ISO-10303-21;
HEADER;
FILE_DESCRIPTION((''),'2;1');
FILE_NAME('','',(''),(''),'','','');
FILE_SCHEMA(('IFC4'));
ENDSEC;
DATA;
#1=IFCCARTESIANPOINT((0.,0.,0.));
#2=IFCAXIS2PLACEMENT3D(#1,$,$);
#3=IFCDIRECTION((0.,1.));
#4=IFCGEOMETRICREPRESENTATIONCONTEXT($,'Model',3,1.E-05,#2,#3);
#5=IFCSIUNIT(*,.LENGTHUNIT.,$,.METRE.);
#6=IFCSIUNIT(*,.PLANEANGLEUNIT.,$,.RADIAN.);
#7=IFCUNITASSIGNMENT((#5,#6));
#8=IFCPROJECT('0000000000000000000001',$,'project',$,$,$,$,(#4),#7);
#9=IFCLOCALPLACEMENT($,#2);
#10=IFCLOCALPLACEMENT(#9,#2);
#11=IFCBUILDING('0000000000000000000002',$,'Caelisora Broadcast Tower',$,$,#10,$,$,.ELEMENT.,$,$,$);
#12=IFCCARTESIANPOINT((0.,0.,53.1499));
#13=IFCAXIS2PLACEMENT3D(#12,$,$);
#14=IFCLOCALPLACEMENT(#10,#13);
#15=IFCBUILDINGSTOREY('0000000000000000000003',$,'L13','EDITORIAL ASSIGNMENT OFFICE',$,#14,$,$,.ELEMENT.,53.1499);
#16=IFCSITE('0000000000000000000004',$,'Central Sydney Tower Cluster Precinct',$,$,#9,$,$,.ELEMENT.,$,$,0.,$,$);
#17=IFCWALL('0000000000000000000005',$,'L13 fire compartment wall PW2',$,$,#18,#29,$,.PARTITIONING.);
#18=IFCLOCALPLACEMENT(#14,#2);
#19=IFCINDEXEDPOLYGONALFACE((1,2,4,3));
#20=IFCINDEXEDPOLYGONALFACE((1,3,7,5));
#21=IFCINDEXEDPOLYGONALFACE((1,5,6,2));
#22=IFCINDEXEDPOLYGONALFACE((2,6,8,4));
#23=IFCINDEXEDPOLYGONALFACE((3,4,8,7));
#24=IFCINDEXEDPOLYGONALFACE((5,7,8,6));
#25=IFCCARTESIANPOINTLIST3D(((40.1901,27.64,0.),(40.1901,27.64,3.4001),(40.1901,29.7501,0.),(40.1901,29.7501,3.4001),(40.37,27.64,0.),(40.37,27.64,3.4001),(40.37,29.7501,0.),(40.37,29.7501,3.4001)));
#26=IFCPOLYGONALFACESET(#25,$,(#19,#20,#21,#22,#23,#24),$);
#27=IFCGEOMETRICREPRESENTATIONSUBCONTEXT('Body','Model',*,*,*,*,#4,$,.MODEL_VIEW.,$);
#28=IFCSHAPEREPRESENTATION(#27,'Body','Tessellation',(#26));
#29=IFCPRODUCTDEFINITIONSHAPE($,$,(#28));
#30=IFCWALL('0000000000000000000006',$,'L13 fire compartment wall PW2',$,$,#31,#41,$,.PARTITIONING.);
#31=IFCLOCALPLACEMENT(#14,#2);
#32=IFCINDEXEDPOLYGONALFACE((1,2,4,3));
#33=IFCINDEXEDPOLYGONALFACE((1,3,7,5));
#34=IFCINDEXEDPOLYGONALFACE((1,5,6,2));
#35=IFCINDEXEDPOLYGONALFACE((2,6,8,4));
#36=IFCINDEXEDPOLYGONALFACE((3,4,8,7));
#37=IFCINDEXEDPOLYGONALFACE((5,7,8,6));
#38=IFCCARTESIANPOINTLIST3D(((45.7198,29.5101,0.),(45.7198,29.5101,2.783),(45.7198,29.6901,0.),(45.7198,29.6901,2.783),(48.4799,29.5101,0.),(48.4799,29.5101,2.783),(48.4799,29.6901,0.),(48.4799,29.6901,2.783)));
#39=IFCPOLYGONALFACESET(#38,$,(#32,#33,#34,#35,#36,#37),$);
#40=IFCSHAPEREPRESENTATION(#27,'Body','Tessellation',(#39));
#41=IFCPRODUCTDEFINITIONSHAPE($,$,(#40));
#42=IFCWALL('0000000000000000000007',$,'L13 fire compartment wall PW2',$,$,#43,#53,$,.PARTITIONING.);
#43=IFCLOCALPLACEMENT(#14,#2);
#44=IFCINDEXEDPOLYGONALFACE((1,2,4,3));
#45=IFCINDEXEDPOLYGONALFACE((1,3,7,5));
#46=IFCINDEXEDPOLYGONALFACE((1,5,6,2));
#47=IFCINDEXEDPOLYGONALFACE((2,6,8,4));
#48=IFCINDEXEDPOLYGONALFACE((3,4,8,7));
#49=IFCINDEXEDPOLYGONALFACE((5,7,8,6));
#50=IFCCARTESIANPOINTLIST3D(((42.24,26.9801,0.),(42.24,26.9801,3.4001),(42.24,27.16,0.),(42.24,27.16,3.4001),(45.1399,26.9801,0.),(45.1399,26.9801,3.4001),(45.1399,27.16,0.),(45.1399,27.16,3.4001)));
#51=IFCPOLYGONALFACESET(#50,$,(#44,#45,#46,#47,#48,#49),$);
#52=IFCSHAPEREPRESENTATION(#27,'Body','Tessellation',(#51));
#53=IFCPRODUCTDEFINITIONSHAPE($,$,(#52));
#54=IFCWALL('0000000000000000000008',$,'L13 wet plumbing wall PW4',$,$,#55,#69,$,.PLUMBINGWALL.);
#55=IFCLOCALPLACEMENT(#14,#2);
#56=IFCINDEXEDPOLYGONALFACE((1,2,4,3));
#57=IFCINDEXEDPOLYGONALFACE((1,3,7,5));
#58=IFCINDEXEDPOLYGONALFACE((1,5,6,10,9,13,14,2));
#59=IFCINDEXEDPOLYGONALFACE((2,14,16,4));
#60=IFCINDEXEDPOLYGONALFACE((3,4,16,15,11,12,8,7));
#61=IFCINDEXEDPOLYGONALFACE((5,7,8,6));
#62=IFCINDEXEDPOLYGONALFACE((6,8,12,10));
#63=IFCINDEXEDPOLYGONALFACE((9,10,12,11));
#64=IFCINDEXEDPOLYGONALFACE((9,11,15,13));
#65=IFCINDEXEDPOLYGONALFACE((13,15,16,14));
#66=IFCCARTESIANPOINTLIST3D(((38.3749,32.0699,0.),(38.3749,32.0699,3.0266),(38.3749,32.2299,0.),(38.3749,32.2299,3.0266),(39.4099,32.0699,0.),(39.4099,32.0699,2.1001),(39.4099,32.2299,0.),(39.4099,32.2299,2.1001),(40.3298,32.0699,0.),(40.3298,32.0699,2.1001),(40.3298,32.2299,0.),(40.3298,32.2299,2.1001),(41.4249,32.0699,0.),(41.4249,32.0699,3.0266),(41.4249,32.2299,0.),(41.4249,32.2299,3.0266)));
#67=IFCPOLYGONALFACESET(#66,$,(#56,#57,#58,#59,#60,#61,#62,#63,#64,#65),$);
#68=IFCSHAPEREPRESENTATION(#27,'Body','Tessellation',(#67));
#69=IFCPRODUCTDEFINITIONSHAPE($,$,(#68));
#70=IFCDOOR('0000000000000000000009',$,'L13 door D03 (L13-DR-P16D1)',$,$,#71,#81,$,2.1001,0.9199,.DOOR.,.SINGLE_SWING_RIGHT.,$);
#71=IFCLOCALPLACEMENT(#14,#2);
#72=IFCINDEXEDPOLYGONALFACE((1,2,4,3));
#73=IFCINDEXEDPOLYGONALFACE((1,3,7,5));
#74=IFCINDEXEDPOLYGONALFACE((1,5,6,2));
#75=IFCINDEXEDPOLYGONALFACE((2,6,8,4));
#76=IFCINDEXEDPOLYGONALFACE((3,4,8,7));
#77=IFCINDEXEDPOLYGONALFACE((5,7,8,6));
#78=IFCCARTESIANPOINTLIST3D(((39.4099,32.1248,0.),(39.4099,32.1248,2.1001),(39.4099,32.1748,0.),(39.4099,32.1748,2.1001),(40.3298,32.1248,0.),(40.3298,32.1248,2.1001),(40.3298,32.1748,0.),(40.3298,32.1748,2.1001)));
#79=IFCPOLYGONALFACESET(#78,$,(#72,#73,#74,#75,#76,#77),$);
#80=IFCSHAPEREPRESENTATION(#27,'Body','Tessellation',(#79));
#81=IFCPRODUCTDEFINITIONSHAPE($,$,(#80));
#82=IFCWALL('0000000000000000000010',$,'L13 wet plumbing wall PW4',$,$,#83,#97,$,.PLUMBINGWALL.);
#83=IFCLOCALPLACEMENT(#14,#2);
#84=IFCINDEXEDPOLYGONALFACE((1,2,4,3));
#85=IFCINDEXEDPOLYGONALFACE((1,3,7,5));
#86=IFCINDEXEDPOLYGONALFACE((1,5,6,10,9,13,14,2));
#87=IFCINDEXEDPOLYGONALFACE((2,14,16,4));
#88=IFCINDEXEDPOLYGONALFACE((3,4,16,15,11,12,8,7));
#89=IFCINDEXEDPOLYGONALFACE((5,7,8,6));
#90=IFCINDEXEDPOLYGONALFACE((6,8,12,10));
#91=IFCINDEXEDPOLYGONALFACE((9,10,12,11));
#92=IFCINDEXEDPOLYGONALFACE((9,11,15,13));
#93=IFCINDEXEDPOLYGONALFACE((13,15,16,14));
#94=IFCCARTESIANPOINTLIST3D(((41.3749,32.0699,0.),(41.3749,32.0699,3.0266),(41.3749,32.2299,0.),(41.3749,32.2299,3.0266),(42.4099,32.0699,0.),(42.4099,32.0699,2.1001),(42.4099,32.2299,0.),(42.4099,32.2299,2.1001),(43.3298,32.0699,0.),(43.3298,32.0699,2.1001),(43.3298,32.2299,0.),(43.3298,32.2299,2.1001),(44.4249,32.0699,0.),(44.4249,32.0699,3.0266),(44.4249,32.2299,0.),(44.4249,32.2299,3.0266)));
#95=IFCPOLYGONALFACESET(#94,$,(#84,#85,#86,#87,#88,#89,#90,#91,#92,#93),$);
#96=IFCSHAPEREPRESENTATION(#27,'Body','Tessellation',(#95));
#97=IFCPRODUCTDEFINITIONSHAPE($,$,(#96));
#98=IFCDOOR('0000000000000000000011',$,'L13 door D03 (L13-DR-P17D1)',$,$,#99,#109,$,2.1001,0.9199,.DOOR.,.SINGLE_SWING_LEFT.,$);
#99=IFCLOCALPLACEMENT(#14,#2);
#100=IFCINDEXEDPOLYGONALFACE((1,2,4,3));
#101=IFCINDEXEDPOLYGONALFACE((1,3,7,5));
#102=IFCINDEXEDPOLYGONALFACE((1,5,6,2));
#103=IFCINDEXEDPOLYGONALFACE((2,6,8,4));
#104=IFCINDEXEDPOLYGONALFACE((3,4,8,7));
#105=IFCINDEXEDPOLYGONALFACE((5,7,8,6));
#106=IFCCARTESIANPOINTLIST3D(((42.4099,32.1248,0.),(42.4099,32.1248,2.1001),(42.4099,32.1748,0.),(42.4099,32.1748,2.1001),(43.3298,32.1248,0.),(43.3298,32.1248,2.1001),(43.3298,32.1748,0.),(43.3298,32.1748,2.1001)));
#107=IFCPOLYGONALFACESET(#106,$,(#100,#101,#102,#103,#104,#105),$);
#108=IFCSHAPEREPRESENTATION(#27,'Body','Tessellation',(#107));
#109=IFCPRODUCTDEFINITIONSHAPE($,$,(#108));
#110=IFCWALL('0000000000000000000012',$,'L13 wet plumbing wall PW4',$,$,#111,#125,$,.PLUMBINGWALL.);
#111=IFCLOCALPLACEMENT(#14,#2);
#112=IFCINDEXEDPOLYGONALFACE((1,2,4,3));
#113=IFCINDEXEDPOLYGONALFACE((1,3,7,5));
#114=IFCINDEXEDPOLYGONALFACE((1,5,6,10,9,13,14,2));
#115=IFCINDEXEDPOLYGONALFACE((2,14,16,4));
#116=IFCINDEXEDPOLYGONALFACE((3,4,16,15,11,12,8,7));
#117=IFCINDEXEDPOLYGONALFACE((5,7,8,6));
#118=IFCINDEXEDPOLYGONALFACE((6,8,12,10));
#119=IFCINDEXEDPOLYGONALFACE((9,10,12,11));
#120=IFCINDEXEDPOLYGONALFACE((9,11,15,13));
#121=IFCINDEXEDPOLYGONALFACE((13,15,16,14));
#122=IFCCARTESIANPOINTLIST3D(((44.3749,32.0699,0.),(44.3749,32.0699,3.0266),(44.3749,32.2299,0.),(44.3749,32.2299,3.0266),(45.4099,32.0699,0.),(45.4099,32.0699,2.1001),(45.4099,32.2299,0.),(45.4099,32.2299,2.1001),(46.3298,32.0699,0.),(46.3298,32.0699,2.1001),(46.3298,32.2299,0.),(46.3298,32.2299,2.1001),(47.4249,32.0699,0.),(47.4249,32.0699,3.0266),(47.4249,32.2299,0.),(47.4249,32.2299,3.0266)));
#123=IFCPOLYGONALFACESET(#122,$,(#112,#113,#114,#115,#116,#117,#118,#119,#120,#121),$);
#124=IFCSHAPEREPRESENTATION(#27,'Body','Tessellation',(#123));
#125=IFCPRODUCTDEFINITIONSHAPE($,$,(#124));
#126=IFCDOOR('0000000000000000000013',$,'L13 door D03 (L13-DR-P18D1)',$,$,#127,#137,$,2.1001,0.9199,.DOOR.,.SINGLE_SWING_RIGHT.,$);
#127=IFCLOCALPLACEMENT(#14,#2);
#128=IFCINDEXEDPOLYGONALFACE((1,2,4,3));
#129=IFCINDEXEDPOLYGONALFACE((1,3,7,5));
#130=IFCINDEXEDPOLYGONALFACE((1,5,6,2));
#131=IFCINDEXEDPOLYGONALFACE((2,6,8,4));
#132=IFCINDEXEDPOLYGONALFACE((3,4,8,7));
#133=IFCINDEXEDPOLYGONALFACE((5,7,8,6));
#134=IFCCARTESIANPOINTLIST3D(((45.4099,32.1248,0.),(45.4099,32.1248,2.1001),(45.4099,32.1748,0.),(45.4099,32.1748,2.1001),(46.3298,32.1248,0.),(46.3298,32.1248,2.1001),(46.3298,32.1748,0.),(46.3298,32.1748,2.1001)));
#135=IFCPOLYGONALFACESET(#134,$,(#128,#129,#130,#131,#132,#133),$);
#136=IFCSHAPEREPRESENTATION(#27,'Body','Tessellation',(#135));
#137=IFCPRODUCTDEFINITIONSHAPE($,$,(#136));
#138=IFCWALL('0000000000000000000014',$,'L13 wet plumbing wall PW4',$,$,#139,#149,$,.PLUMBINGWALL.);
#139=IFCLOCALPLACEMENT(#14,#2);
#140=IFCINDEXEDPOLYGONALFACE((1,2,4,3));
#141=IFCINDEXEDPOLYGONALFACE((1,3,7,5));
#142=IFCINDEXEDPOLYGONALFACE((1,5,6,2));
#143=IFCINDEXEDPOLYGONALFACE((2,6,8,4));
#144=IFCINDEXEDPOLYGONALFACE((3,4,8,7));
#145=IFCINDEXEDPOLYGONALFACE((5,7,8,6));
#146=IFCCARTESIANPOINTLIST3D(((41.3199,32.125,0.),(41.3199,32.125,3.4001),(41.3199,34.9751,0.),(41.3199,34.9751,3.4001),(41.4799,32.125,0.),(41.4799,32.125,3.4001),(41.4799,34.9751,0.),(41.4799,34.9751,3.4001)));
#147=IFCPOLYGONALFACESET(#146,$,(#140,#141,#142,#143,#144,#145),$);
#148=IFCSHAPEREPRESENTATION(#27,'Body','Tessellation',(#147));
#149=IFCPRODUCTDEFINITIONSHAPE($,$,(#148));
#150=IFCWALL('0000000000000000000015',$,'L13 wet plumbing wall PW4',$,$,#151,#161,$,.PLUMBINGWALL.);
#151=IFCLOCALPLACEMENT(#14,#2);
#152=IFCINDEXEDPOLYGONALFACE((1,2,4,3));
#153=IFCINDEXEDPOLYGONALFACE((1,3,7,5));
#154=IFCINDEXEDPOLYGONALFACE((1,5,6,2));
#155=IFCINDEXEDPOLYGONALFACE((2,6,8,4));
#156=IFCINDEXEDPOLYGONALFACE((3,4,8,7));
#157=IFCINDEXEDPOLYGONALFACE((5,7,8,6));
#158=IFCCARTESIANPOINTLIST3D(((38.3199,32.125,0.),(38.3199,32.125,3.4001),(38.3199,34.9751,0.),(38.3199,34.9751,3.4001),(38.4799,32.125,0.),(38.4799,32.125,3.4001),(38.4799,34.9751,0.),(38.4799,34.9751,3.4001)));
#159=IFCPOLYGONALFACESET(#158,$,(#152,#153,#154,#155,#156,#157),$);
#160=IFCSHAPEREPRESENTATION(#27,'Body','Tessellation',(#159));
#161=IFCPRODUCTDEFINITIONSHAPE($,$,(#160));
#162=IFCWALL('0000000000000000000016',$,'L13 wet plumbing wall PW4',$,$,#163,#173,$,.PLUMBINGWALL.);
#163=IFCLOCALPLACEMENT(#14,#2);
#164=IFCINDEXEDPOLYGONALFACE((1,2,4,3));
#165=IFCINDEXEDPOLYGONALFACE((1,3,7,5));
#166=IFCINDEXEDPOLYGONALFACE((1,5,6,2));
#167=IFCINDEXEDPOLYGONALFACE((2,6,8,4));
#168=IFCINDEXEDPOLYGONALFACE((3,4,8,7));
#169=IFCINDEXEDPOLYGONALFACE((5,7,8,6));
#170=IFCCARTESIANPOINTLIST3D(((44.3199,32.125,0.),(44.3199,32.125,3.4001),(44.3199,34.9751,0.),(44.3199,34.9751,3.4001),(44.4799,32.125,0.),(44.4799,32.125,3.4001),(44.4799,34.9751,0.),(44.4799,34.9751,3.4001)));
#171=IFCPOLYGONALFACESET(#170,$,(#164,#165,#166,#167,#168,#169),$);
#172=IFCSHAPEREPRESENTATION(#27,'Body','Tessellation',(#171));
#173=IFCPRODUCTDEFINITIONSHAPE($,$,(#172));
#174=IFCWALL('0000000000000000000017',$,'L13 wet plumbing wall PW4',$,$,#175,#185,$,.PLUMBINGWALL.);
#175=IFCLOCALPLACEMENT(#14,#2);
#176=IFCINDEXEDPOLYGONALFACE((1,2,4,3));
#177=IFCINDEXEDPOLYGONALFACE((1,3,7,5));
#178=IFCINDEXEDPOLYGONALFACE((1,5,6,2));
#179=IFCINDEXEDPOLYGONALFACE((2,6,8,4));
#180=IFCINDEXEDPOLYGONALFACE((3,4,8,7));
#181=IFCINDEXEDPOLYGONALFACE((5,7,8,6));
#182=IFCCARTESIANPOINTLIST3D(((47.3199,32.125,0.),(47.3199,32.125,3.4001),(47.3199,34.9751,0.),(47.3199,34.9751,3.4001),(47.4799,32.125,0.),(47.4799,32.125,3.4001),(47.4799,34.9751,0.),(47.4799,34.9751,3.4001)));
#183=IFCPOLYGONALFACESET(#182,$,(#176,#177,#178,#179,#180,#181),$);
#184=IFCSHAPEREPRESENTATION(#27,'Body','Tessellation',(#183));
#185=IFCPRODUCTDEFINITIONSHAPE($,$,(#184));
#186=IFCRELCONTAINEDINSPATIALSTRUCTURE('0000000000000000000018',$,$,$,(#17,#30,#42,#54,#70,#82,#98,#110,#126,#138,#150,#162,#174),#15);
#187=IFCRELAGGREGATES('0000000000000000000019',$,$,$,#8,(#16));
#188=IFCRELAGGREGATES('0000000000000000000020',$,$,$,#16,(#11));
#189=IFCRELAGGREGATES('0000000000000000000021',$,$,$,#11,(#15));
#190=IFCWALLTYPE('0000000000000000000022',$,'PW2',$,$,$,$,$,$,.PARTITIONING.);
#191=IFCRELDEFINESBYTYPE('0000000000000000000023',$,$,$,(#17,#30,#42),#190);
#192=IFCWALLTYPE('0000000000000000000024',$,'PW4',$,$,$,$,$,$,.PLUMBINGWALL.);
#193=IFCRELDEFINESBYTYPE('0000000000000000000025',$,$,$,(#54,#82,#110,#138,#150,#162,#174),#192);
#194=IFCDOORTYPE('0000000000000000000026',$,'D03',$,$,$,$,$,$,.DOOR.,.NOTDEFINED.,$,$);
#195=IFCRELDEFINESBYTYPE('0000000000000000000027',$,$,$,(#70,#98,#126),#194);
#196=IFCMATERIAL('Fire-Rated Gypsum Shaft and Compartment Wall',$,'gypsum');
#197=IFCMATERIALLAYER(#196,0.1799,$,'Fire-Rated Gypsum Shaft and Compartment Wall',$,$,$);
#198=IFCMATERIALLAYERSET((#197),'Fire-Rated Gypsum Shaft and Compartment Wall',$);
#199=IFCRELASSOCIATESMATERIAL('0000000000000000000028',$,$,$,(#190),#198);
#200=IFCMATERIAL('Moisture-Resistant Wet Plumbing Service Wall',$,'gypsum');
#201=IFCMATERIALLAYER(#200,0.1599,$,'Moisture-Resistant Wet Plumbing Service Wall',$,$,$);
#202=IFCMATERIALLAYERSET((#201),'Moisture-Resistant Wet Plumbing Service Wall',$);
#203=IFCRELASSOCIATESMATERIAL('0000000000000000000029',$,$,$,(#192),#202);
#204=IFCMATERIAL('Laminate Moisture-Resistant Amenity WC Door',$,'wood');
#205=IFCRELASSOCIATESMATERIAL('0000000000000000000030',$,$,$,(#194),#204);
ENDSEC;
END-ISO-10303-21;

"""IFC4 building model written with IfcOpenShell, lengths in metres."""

from ifc_helpers import new_model, si_unit, direction, frame, frame_2d, origin, place, context, subcontext, project, spatial, rectangle, extrude, material, layer, layer_set, type_object, element, fill, save


model = new_model("IFC4")

# Units and contexts
model_context = context("Model", 3, precision=1e-05, world=origin(), true_north=direction((0.0, 1.0)))
body_context = subcontext(model_context, "Body", "Model", "MODEL_VIEW")
ifc_project = project(units=[si_unit("LENGTHUNIT", "METRE"), si_unit("PLANEANGLEUNIT", "RADIAN")], contexts=[model_context])

# Site, building, storey
site_placement = place(None, origin())
site = spatial("IfcSite", under=ifc_project, at=site_placement, Name="Central Sydney Tower Cluster Precinct", CompositionType="ELEMENT", RefElevation=0.0)
building_placement = place(site_placement, origin())
building = spatial("IfcBuilding", under=site, at=building_placement, Name="Caelisora Broadcast Tower", CompositionType="ELEMENT")
storey_placement = place(building_placement, frame((0.0, 0.0, 53.1499)))
storey = spatial("IfcBuildingStorey", under=building, at=storey_placement, Name="L13", Description="EDITORIAL ASSIGNMENT OFFICE", CompositionType="ELEMENT", Elevation=53.1499)

# Walls
ifc_material_1 = material(Name="Fire-Rated Gypsum Shaft and Compartment Wall", Category="gypsum")
ifc_layer_1 = layer(ifc_material_1, 0.1799, Name="Fire-Rated Gypsum Shaft and Compartment Wall")
ifc_layer_set_1 = layer_set([ifc_layer_1], Name="Fire-Rated Gypsum Shaft and Compartment Wall")
wall_type_1 = type_object("IfcWallType", Name="PW2", PredefinedType="PARTITIONING", material=ifc_layer_set_1)
for number, where, z_axis, x_axis, name in (
    (1, (40.28, 27.6399, 0.0), (0.0, 0.0, 1.0), (0.0, 1.0, 0.0), "L13 fire compartment wall PW2"),
):
    element("IfcWall", number, at=place(storey_placement, frame(where, z_axis=z_axis, x_axis=x_axis)), inside=storey, type_object=wall_type_1, Name=name, PredefinedType="PARTITIONING", context=body_context, shape_type="SweptSolid", body=[
        extrude(rectangle(XDim=2.1101, YDim=0.1799, at=frame_2d((1.0552, 0.0))), origin(), (0.0, 0.0, 1.0), 3.4001),
    ])
wall_1_placement = place(storey_placement, frame((45.72, 29.6001, 0.0), z_axis=(0.0, 0.0, 1.0), x_axis=(1.0, 0.0, 0.0)))
element("IfcWall", 2, at=wall_1_placement, inside=storey, type_object=wall_type_1, Name="L13 fire compartment wall PW2", PredefinedType="PARTITIONING", context=body_context, shape_type="SweptSolid", body=[
    extrude(rectangle(XDim=2.76, YDim=0.1799, at=frame_2d((1.3799, 0.0))), origin(), (0.0, 0.0, 1.0), 2.783),
])
wall_2_placement = place(storey_placement, frame((42.24, 27.0701, 0.0), z_axis=(0.0, 0.0, 1.0), x_axis=(1.0, 0.0, 0.0)))
element("IfcWall", 3, at=wall_2_placement, inside=storey, type_object=wall_type_1, Name="L13 fire compartment wall PW2", PredefinedType="PARTITIONING", context=body_context, shape_type="SweptSolid", body=[
    extrude(rectangle(XDim=2.8999, YDim=0.1799, at=frame_2d((1.45, 0.0))), origin(), (0.0, 0.0, 1.0), 3.4001),
])

# Walls, openings, doors
ifc_material_2 = material(Name="Moisture-Resistant Wet Plumbing Service Wall", Category="gypsum")
ifc_layer_2 = layer(ifc_material_2, 0.1599, Name="Moisture-Resistant Wet Plumbing Service Wall")
ifc_layer_set_2 = layer_set([ifc_layer_2], Name="Moisture-Resistant Wet Plumbing Service Wall")
wall_type_2 = type_object("IfcWallType", Name="PW4", PredefinedType="PLUMBINGWALL", material=ifc_layer_set_2)
wall_3_placement = place(storey_placement, frame((38.375, 32.1499, 0.0), z_axis=(0.0, 0.0, 1.0), x_axis=(1.0, 0.0, 0.0)))
wall_3 = element("IfcWall", 4, at=wall_3_placement, inside=storey, type_object=wall_type_2, Name="L13 wet plumbing wall PW4", PredefinedType="PLUMBINGWALL", context=body_context, shape_type="SweptSolid", body=[
    extrude(rectangle(XDim=3.05, YDim=0.1599, at=frame_2d((1.5249, 0.0))), origin(), (0.0, 0.0, 1.0), 3.0266),
])
opening_1_placement = place(wall_3_placement, frame((1.0349, 0.0, 0.0)))
opening_1 = element("IfcOpeningElement", 5, at=opening_1_placement, cuts=wall_3, PredefinedType="OPENING", context=body_context, shape_type="SweptSolid", body=[
    extrude(rectangle(XDim=0.9199, YDim=2.1001, at=frame_2d((0.46, 1.05))), frame((0.0, 0.092, 0.0), z_axis=(0.0, -1.0, 0.0), x_axis=(1.0, 0.0, 0.0)), (0.0, 0.0, 1.0), 0.1838),
])
ifc_material_3 = material(Name="Laminate Moisture-Resistant Amenity WC Door", Category="wood")
door_type_1 = type_object("IfcDoorType", Name="D03", OperationType="NOTDEFINED", PredefinedType="DOOR", material=ifc_material_3)
door_1_placement = place(opening_1_placement, origin())
door_1 = element("IfcDoor", 6, at=door_1_placement, inside=storey, type_object=door_type_1, Name="L13 door D03 (L13-DR-P16D1)", OperationType="SINGLE_SWING_RIGHT", OverallHeight=2.1001, OverallWidth=0.9199, PredefinedType="DOOR", context=body_context, shape_type="SweptSolid", body=[
    extrude(rectangle(XDim=0.9199, YDim=2.1001, at=frame_2d((0.46, 1.05))), frame((0.0, 0.0249, 0.0), z_axis=(0.0, -1.0, 0.0), x_axis=(1.0, 0.0, 0.0)), (0.0, 0.0, 1.0), 0.05),
])
fill(opening_1, door_1)
wall_4_placement = place(storey_placement, frame((41.375, 32.1499, 0.0), z_axis=(0.0, 0.0, 1.0), x_axis=(1.0, 0.0, 0.0)))
wall_4 = element("IfcWall", 7, at=wall_4_placement, inside=storey, type_object=wall_type_2, Name="L13 wet plumbing wall PW4", PredefinedType="PLUMBINGWALL", context=body_context, shape_type="SweptSolid", body=[
    extrude(rectangle(XDim=3.05, YDim=0.1599, at=frame_2d((1.5249, 0.0))), origin(), (0.0, 0.0, 1.0), 3.0266),
])
opening_2_placement = place(wall_4_placement, frame((1.0349, 0.0, 0.0)))
opening_2 = element("IfcOpeningElement", 8, at=opening_2_placement, cuts=wall_4, PredefinedType="OPENING", context=body_context, shape_type="SweptSolid", body=[
    extrude(rectangle(XDim=0.9199, YDim=2.1001, at=frame_2d((0.46, 1.05))), frame((0.0, 0.092, 0.0), z_axis=(0.0, -1.0, 0.0), x_axis=(1.0, 0.0, 0.0)), (0.0, 0.0, 1.0), 0.1838),
])
door_2_placement = place(opening_2_placement, origin())
door_2 = element("IfcDoor", 9, at=door_2_placement, inside=storey, type_object=door_type_1, Name="L13 door D03 (L13-DR-P17D1)", OperationType="SINGLE_SWING_LEFT", OverallHeight=2.1001, OverallWidth=0.9199, PredefinedType="DOOR", context=body_context, shape_type="SweptSolid", body=[
    extrude(rectangle(XDim=0.9199, YDim=2.1001, at=frame_2d((0.46, 1.05))), frame((0.0, 0.0249, 0.0), z_axis=(0.0, -1.0, 0.0), x_axis=(1.0, 0.0, 0.0)), (0.0, 0.0, 1.0), 0.05),
])
fill(opening_2, door_2)
wall_5_placement = place(storey_placement, frame((44.375, 32.1499, 0.0), z_axis=(0.0, 0.0, 1.0), x_axis=(1.0, 0.0, 0.0)))
wall_5 = element("IfcWall", 10, at=wall_5_placement, inside=storey, type_object=wall_type_2, Name="L13 wet plumbing wall PW4", PredefinedType="PLUMBINGWALL", context=body_context, shape_type="SweptSolid", body=[
    extrude(rectangle(XDim=3.05, YDim=0.1599, at=frame_2d((1.5249, 0.0))), origin(), (0.0, 0.0, 1.0), 3.0266),
])
opening_3_placement = place(wall_5_placement, frame((1.0349, 0.0, 0.0)))
opening_3 = element("IfcOpeningElement", 11, at=opening_3_placement, cuts=wall_5, PredefinedType="OPENING", context=body_context, shape_type="SweptSolid", body=[
    extrude(rectangle(XDim=0.9199, YDim=2.1001, at=frame_2d((0.46, 1.05))), frame((0.0, 0.092, 0.0), z_axis=(0.0, -1.0, 0.0), x_axis=(1.0, 0.0, 0.0)), (0.0, 0.0, 1.0), 0.1838),
])
door_3_placement = place(opening_3_placement, origin())
door_3 = element("IfcDoor", 12, at=door_3_placement, inside=storey, type_object=door_type_1, Name="L13 door D03 (L13-DR-P18D1)", OperationType="SINGLE_SWING_RIGHT", OverallHeight=2.1001, OverallWidth=0.9199, PredefinedType="DOOR", context=body_context, shape_type="SweptSolid", body=[
    extrude(rectangle(XDim=0.9199, YDim=2.1001, at=frame_2d((0.46, 1.05))), frame((0.0, 0.0249, 0.0), z_axis=(0.0, -1.0, 0.0), x_axis=(1.0, 0.0, 0.0)), (0.0, 0.0, 1.0), 0.05),
])
fill(opening_3, door_3)

# Walls
for number, where, z_axis, x_axis, name in (
    (13, (41.3999, 32.125, 0.0), (0.0, 0.0, 1.0), (0.0, 1.0, 0.0), "L13 wet plumbing wall PW4"),
    (14, (38.3999, 32.125, 0.0), (0.0, 0.0, 1.0), (0.0, 1.0, 0.0), "L13 wet plumbing wall PW4"),
    (15, (44.3999, 32.125, 0.0), (0.0, 0.0, 1.0), (0.0, 1.0, 0.0), "L13 wet plumbing wall PW4"),
    (16, (47.3999, 32.125, 0.0), (0.0, 0.0, 1.0), (0.0, 1.0, 0.0), "L13 wet plumbing wall PW4"),
):
    element("IfcWall", number, at=place(storey_placement, frame(where, z_axis=z_axis, x_axis=x_axis)), inside=storey, type_object=wall_type_2, Name=name, PredefinedType="PLUMBINGWALL", context=body_context, shape_type="SweptSolid", body=[
        extrude(rectangle(XDim=2.8501, YDim=0.1599, at=frame_2d((1.425, 0.0))), origin(), (0.0, 0.0, 1.0), 3.4001),
    ])

save(model, "model.ifc")
